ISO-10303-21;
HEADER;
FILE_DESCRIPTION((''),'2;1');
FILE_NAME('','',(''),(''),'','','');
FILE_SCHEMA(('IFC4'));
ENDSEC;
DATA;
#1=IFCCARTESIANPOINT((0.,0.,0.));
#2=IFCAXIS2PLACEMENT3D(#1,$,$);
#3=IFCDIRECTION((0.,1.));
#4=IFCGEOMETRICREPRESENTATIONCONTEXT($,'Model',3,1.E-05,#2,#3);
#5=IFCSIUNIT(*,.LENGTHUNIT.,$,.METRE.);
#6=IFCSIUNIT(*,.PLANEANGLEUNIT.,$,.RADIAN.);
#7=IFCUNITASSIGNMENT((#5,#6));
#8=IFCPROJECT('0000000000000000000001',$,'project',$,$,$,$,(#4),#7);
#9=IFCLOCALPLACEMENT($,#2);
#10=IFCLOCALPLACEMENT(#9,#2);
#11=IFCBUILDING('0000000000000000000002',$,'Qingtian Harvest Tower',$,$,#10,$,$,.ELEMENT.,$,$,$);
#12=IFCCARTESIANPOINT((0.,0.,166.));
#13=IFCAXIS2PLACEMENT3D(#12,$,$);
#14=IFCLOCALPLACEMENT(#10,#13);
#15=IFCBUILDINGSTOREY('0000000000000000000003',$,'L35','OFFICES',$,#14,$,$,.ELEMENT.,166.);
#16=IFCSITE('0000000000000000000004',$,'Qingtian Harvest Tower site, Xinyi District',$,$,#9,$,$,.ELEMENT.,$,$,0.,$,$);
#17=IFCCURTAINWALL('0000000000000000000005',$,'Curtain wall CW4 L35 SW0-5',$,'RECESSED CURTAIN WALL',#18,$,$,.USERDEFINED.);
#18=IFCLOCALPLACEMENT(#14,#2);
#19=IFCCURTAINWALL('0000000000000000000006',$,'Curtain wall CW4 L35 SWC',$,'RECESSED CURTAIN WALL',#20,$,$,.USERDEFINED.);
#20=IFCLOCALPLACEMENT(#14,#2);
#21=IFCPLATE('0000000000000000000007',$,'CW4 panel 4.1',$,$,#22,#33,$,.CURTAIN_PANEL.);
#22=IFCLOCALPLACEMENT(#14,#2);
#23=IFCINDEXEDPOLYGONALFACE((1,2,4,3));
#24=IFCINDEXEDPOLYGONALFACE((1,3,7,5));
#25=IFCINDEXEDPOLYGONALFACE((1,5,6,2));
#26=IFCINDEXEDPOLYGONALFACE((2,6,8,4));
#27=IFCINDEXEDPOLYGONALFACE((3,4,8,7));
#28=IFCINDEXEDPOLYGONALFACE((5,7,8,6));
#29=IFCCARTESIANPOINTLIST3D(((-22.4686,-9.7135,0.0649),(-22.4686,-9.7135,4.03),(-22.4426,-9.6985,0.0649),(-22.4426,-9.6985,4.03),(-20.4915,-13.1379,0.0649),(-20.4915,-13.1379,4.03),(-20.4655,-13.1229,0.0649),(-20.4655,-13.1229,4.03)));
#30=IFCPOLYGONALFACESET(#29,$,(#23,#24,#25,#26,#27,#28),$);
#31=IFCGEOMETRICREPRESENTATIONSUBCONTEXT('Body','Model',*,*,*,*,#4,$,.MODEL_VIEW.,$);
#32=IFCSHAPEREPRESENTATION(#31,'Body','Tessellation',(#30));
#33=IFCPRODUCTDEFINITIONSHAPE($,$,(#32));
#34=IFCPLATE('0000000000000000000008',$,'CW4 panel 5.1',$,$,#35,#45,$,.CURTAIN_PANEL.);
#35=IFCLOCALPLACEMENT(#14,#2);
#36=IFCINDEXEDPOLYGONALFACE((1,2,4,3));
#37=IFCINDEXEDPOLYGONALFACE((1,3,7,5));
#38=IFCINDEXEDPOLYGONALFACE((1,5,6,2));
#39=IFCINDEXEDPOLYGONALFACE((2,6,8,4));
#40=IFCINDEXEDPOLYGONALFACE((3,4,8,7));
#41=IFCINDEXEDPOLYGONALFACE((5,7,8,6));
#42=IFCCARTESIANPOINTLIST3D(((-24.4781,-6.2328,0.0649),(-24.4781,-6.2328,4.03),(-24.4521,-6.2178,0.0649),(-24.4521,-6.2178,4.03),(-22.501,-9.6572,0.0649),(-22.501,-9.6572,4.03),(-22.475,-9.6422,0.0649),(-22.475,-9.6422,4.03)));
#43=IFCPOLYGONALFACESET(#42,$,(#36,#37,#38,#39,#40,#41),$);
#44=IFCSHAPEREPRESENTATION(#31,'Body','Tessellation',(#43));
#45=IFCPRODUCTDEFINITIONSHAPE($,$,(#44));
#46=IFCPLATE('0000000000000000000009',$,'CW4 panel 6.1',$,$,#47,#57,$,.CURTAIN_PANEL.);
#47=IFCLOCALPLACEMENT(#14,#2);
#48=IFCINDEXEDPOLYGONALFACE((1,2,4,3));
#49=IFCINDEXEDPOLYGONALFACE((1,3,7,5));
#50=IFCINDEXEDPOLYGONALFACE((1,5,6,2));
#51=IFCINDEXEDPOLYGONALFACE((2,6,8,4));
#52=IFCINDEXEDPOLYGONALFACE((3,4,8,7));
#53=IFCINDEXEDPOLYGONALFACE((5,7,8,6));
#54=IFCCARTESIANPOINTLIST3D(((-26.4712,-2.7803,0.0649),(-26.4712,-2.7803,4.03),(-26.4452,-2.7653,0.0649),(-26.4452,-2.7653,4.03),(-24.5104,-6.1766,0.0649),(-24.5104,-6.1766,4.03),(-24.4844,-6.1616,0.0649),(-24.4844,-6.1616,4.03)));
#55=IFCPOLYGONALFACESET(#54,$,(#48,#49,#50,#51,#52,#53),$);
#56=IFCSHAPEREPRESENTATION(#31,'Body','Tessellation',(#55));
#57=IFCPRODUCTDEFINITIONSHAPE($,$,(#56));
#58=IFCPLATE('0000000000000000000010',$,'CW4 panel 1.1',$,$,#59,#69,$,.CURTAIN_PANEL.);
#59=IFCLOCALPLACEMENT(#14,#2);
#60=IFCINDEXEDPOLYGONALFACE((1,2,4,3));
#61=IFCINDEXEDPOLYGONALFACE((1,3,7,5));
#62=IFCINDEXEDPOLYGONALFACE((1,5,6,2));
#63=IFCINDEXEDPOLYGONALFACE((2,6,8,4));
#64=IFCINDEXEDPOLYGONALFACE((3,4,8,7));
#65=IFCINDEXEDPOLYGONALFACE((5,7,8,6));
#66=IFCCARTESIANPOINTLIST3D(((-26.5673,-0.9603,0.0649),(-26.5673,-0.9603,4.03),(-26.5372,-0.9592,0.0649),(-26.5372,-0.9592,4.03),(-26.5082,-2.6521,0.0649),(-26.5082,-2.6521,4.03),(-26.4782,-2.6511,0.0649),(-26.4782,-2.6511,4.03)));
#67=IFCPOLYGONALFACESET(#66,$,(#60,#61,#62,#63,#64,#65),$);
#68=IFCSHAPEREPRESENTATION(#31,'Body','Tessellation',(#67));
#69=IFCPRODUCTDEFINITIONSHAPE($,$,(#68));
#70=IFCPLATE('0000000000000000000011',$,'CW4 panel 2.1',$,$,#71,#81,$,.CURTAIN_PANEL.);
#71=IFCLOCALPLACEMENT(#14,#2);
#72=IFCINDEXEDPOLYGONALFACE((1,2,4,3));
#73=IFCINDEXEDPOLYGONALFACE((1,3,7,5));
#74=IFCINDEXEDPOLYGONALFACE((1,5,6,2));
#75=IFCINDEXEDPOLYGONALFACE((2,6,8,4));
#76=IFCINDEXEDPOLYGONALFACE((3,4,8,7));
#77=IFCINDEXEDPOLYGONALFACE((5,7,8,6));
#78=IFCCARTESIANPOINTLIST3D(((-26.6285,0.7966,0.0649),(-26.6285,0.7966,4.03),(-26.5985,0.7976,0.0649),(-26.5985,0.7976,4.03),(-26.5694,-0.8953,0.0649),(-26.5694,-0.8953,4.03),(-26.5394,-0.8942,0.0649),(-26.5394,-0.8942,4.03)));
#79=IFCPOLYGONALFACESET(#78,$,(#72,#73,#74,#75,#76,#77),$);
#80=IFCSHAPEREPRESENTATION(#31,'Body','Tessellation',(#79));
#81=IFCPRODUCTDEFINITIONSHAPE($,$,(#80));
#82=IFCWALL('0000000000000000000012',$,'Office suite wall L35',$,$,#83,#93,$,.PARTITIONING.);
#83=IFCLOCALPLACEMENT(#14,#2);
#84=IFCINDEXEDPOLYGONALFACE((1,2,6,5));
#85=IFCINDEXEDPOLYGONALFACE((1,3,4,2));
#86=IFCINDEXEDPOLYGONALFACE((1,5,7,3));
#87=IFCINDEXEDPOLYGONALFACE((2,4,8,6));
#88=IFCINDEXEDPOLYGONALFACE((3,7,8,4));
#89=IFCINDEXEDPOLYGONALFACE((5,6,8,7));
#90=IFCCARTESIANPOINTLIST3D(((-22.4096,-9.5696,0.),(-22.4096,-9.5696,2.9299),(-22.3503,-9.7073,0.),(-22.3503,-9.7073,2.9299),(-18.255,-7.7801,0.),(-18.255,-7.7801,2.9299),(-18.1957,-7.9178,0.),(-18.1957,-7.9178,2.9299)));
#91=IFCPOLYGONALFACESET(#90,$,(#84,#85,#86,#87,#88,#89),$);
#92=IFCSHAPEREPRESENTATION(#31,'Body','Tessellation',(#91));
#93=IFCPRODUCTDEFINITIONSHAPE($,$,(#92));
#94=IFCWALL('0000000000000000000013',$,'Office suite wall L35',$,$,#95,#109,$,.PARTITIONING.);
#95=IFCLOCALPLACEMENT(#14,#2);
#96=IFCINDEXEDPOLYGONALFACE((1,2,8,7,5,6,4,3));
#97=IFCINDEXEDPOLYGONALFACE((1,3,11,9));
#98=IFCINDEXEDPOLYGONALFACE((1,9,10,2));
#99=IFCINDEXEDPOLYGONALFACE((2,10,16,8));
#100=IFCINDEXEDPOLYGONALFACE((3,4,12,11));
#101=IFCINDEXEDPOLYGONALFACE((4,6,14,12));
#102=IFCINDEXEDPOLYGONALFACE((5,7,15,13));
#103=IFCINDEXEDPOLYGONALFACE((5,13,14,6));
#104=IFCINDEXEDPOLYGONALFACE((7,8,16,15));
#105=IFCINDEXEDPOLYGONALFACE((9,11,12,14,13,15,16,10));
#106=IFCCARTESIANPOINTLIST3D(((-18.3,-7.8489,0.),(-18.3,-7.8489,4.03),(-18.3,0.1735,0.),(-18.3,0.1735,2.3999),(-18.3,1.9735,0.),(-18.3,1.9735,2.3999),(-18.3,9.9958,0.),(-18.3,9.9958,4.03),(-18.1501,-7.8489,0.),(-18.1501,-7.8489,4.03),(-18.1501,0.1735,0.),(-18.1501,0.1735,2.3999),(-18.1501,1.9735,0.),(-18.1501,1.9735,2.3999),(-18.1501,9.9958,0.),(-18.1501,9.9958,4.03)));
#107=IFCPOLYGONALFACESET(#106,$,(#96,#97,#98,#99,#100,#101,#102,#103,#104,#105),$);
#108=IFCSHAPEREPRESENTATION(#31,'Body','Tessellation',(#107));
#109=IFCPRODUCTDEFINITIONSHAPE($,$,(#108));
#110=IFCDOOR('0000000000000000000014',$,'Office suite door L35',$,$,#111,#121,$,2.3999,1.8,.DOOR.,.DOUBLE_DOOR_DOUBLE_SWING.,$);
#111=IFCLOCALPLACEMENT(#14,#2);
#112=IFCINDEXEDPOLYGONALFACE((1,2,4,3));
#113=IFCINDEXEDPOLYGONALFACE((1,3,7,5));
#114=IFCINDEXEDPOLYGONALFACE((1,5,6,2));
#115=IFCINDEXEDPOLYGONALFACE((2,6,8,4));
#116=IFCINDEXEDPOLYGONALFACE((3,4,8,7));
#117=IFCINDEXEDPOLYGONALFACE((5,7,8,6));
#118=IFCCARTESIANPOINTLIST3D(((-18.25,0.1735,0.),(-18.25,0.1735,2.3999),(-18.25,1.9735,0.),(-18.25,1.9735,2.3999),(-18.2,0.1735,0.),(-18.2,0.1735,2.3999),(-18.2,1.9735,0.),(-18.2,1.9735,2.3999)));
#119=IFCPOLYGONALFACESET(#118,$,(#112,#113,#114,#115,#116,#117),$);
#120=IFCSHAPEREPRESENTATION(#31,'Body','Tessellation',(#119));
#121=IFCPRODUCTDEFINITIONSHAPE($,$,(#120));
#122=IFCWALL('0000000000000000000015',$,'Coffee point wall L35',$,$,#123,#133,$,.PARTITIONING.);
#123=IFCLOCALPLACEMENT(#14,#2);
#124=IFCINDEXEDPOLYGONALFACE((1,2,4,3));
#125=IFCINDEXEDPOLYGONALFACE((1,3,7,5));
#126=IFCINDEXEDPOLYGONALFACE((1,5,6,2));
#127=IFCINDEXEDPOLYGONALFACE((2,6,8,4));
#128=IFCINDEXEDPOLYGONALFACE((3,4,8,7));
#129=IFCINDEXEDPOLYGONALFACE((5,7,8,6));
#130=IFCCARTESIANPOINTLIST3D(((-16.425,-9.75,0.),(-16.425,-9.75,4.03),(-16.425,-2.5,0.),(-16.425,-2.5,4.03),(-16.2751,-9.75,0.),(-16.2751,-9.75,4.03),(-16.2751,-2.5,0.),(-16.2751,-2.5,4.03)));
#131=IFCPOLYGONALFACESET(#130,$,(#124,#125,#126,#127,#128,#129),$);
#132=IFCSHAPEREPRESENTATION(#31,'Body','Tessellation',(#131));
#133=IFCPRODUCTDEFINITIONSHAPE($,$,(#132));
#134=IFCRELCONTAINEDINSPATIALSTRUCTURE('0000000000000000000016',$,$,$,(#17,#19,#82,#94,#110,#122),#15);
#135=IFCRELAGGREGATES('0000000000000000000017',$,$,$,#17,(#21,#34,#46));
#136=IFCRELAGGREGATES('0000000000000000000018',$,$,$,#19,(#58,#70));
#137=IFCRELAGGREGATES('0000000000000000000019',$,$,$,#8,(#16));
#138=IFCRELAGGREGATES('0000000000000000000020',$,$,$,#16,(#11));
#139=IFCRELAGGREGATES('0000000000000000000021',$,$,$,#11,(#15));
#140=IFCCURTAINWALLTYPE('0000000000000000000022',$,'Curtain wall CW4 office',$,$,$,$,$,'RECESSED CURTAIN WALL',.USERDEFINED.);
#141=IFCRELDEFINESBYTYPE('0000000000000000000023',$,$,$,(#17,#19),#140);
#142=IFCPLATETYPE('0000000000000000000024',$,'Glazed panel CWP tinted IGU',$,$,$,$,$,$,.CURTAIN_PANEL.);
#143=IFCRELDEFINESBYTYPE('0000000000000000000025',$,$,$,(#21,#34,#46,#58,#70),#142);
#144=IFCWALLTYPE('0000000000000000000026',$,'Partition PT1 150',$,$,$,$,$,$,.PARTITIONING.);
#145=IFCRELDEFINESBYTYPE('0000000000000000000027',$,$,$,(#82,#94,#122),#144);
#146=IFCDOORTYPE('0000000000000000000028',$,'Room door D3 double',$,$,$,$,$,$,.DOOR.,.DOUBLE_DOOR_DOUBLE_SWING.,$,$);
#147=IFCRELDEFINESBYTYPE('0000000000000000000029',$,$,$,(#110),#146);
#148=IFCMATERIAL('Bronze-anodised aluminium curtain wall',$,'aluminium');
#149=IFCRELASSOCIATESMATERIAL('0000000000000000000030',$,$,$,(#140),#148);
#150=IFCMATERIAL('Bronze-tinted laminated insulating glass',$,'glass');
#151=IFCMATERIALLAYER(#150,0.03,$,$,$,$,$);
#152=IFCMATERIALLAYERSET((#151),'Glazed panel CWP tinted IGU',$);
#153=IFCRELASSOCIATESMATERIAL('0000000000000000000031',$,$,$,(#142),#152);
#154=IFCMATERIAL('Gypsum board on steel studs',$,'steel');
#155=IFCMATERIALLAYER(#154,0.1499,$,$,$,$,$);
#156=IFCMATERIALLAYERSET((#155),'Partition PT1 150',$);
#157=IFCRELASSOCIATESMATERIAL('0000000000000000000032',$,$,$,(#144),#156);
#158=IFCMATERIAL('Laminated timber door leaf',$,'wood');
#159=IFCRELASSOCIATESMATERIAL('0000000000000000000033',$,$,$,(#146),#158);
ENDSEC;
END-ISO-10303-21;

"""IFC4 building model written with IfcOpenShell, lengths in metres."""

from ifc_helpers import new_model, si_unit, direction, frame, frame_2d, origin, origin_2d, place, context, subcontext, project, spatial, rectangle, extrude, material, layer, layer_set, type_object, element, fill, aggregate, save


model = new_model("IFC4")

# Units and contexts
model_context = context("Model", 3, precision=1e-05, world=origin(), true_north=direction((0.0, 1.0)))
body_context = subcontext(model_context, "Body", "Model", "MODEL_VIEW")
ifc_project = project(units=[si_unit("LENGTHUNIT", "METRE"), si_unit("PLANEANGLEUNIT", "RADIAN")], contexts=[model_context])

# Site, building, storey
site_placement = place(None, origin())
site = spatial("IfcSite", under=ifc_project, at=site_placement, Name="Qingtian Harvest Tower site, Xinyi District", CompositionType="ELEMENT", RefElevation=0.0)
building_placement = place(site_placement, origin())
building = spatial("IfcBuilding", under=site, at=building_placement, Name="Qingtian Harvest Tower", CompositionType="ELEMENT")
storey_placement = place(building_placement, frame((0.0, 0.0, 166.0)))
storey = spatial("IfcBuildingStorey", under=building, at=storey_placement, Name="L35", Description="OFFICES", CompositionType="ELEMENT", Elevation=166.0)

# Curtain walls
ifc_material_1 = material(Name="Bronze-anodised aluminium curtain wall", Category="aluminium")
curtain_wall_type = type_object("IfcCurtainWallType", Name="Curtain wall CW4 office", ElementType="RECESSED CURTAIN WALL", PredefinedType="USERDEFINED", material=ifc_material_1)
curtain_wall_1_placement = place(storey_placement, origin())
curtain_wall_1 = element("IfcCurtainWall", 1, at=curtain_wall_1_placement, inside=storey, type_object=curtain_wall_type, Name="Curtain wall CW4 L35 SW0-5", ObjectType="RECESSED CURTAIN WALL", PredefinedType="USERDEFINED")
curtain_wall_2_placement = place(storey_placement, origin())
curtain_wall_2 = element("IfcCurtainWall", 2, at=curtain_wall_2_placement, inside=storey, type_object=curtain_wall_type, Name="Curtain wall CW4 L35 SWC", ObjectType="RECESSED CURTAIN WALL", PredefinedType="USERDEFINED")

# Plates
ifc_material_2 = material(Name="Bronze-tinted laminated insulating glass", Category="glass")
ifc_layer_1 = layer(ifc_material_2, 0.03)
ifc_layer_set_1 = layer_set([ifc_layer_1], Name="Glazed panel CWP tinted IGU")
plate_type = type_object("IfcPlateType", Name="Glazed panel CWP tinted IGU", PredefinedType="CURTAIN_PANEL", material=ifc_layer_set_1)
plate_1_placement = place(storey_placement, frame((-21.467, -11.4182, 0.0649), z_axis=(0.0, 0.0, 1.0), x_axis=(-0.5, 0.866025, 0.0)))
plate_1 = element("IfcPlate", 3, at=plate_1_placement, type_object=plate_type, Name="CW4 panel 4.1", PredefinedType="CURTAIN_PANEL", context=body_context, shape_type="SweptSolid", body=[
    extrude(rectangle(XDim=3.9541, YDim=0.03, at=origin_2d()), origin(), (0.0, 0.0, 1.0), 3.9651),
])
plate_2_placement = place(storey_placement, frame((-23.4766, -7.9375, 0.0649), z_axis=(0.0, 0.0, 1.0), x_axis=(-0.5, 0.866025, 0.0)))
plate_2 = element("IfcPlate", 4, at=plate_2_placement, type_object=plate_type, Name="CW4 panel 5.1", PredefinedType="CURTAIN_PANEL", context=body_context, shape_type="SweptSolid", body=[
    extrude(rectangle(XDim=3.9541, YDim=0.03, at=origin_2d()), origin(), (0.0, 0.0, 1.0), 3.9651),
])
plate_3_placement = place(storey_placement, frame((-25.4778, -4.4709, 0.0649), z_axis=(0.0, 0.0, 1.0), x_axis=(-0.5, 0.866025, 0.0)))
plate_3 = element("IfcPlate", 5, at=plate_3_placement, type_object=plate_type, Name="CW4 panel 6.1", PredefinedType="CURTAIN_PANEL", context=body_context, shape_type="SweptSolid", body=[
    extrude(rectangle(XDim=3.9216, YDim=0.03, at=origin_2d()), origin(), (0.0, 0.0, 1.0), 3.9651),
])
aggregate(curtain_wall_1, [plate_1, plate_2, plate_3])
plate_4_placement = place(storey_placement, frame((-26.5227, -1.8057, 0.0649), z_axis=(0.0, 0.0, 1.0), x_axis=(-0.034899, 0.999391, 0.0)))
plate_4 = element("IfcPlate", 6, at=plate_4_placement, type_object=plate_type, Name="CW4 panel 1.1", PredefinedType="CURTAIN_PANEL", context=body_context, shape_type="SweptSolid", body=[
    extrude(rectangle(XDim=1.6929, YDim=0.03, at=origin_2d()), origin(), (0.0, 0.0, 1.0), 3.9651),
])
plate_5_placement = place(storey_placement, frame((-26.584, -0.0488, 0.0649), z_axis=(0.0, 0.0, 1.0), x_axis=(-0.034899, 0.999391, 0.0)))
plate_5 = element("IfcPlate", 7, at=plate_5_placement, type_object=plate_type, Name="CW4 panel 2.1", PredefinedType="CURTAIN_PANEL", context=body_context, shape_type="SweptSolid", body=[
    extrude(rectangle(XDim=1.6929, YDim=0.03, at=origin_2d()), origin(), (0.0, 0.0, 1.0), 3.9651),
])
aggregate(curtain_wall_2, [plate_4, plate_5])

# Shared definitions
ifc_material_3 = material(Name="Gypsum board on steel studs", Category="steel")
ifc_layer_2 = layer(ifc_material_3, 0.1499)
ifc_layer_set_2 = layer_set([ifc_layer_2], Name="Partition PT1 150")
wall_type = type_object("IfcWallType", Name="Partition PT1 150", PredefinedType="PARTITIONING", material=ifc_layer_set_2)

# Wall
wall_1_placement = place(storey_placement, frame((-22.3799, -9.6384, 0.0), z_axis=(0.0, 0.0, 1.0), x_axis=(0.918429, 0.395586, 0.0)))
element("IfcWall", 8, at=wall_1_placement, inside=storey, type_object=wall_type, Name="Office suite wall L35", PredefinedType="PARTITIONING", context=body_context, shape_type="SweptSolid", body=[
    extrude(rectangle(XDim=4.5237, YDim=0.1499, at=frame_2d((2.2617, 0.0))), origin(), (0.0, 0.0, 1.0), 2.9299),
])

# Wall, opening, door
wall_2_placement = place(storey_placement, frame((-18.2251, -7.8489, 0.0), z_axis=(0.0, 0.0, 1.0), x_axis=(0.0, 1.0, 0.0)))
wall_2 = element("IfcWall", 9, at=wall_2_placement, inside=storey, type_object=wall_type, Name="Office suite wall L35", PredefinedType="PARTITIONING", context=body_context, shape_type="SweptSolid", body=[
    extrude(rectangle(XDim=17.8447, YDim=0.1499, at=frame_2d((8.9224, 0.0))), origin(), (0.0, 0.0, 1.0), 4.03),
])
opening_1_placement = place(wall_2_placement, frame((8.0225, 0.0, 0.0)))
opening_1 = element("IfcOpeningElement", 10, at=opening_1_placement, cuts=wall_2, PredefinedType="OPENING", context=body_context, shape_type="SweptSolid", body=[
    extrude(rectangle(XDim=1.8, YDim=2.3999, at=frame_2d((0.8999, 1.2))), frame((0.0, 0.085, 0.0), z_axis=(0.0, -1.0, 0.0), x_axis=(1.0, 0.0, 0.0)), (0.0, 0.0, 1.0), 0.1699),
])
ifc_material_4 = material(Name="Laminated timber door leaf", Category="wood")
door_type_1 = type_object("IfcDoorType", Name="Room door D3 double", OperationType="DOUBLE_DOOR_DOUBLE_SWING", PredefinedType="DOOR", material=ifc_material_4)
door_1_placement = place(opening_1_placement, origin())
door_1 = element("IfcDoor", 11, at=door_1_placement, inside=storey, type_object=door_type_1, Name="Office suite door L35", OperationType="DOUBLE_DOOR_DOUBLE_SWING", OverallHeight=2.3999, OverallWidth=1.8, PredefinedType="DOOR", context=body_context, shape_type="SweptSolid", body=[
    extrude(rectangle(XDim=1.8, YDim=2.3999, at=frame_2d((0.8999, 1.2))), frame((0.0, 0.0249, 0.0), z_axis=(0.0, -1.0, 0.0), x_axis=(1.0, 0.0, 0.0)), (0.0, 0.0, 1.0), 0.05),
])
fill(opening_1, door_1)

# Wall
wall_3_placement = place(storey_placement, frame((-16.3501, -9.75, 0.0), z_axis=(0.0, 0.0, 1.0), x_axis=(0.0, 1.0, 0.0)))
element("IfcWall", 12, at=wall_3_placement, inside=storey, type_object=wall_type, Name="Coffee point wall L35", PredefinedType="PARTITIONING", context=body_context, shape_type="SweptSolid", body=[
    extrude(rectangle(XDim=7.25, YDim=0.1499, at=frame_2d((3.625, 0.0))), origin(), (0.0, 0.0, 1.0), 4.03),
])

save(model, "model.ifc")
